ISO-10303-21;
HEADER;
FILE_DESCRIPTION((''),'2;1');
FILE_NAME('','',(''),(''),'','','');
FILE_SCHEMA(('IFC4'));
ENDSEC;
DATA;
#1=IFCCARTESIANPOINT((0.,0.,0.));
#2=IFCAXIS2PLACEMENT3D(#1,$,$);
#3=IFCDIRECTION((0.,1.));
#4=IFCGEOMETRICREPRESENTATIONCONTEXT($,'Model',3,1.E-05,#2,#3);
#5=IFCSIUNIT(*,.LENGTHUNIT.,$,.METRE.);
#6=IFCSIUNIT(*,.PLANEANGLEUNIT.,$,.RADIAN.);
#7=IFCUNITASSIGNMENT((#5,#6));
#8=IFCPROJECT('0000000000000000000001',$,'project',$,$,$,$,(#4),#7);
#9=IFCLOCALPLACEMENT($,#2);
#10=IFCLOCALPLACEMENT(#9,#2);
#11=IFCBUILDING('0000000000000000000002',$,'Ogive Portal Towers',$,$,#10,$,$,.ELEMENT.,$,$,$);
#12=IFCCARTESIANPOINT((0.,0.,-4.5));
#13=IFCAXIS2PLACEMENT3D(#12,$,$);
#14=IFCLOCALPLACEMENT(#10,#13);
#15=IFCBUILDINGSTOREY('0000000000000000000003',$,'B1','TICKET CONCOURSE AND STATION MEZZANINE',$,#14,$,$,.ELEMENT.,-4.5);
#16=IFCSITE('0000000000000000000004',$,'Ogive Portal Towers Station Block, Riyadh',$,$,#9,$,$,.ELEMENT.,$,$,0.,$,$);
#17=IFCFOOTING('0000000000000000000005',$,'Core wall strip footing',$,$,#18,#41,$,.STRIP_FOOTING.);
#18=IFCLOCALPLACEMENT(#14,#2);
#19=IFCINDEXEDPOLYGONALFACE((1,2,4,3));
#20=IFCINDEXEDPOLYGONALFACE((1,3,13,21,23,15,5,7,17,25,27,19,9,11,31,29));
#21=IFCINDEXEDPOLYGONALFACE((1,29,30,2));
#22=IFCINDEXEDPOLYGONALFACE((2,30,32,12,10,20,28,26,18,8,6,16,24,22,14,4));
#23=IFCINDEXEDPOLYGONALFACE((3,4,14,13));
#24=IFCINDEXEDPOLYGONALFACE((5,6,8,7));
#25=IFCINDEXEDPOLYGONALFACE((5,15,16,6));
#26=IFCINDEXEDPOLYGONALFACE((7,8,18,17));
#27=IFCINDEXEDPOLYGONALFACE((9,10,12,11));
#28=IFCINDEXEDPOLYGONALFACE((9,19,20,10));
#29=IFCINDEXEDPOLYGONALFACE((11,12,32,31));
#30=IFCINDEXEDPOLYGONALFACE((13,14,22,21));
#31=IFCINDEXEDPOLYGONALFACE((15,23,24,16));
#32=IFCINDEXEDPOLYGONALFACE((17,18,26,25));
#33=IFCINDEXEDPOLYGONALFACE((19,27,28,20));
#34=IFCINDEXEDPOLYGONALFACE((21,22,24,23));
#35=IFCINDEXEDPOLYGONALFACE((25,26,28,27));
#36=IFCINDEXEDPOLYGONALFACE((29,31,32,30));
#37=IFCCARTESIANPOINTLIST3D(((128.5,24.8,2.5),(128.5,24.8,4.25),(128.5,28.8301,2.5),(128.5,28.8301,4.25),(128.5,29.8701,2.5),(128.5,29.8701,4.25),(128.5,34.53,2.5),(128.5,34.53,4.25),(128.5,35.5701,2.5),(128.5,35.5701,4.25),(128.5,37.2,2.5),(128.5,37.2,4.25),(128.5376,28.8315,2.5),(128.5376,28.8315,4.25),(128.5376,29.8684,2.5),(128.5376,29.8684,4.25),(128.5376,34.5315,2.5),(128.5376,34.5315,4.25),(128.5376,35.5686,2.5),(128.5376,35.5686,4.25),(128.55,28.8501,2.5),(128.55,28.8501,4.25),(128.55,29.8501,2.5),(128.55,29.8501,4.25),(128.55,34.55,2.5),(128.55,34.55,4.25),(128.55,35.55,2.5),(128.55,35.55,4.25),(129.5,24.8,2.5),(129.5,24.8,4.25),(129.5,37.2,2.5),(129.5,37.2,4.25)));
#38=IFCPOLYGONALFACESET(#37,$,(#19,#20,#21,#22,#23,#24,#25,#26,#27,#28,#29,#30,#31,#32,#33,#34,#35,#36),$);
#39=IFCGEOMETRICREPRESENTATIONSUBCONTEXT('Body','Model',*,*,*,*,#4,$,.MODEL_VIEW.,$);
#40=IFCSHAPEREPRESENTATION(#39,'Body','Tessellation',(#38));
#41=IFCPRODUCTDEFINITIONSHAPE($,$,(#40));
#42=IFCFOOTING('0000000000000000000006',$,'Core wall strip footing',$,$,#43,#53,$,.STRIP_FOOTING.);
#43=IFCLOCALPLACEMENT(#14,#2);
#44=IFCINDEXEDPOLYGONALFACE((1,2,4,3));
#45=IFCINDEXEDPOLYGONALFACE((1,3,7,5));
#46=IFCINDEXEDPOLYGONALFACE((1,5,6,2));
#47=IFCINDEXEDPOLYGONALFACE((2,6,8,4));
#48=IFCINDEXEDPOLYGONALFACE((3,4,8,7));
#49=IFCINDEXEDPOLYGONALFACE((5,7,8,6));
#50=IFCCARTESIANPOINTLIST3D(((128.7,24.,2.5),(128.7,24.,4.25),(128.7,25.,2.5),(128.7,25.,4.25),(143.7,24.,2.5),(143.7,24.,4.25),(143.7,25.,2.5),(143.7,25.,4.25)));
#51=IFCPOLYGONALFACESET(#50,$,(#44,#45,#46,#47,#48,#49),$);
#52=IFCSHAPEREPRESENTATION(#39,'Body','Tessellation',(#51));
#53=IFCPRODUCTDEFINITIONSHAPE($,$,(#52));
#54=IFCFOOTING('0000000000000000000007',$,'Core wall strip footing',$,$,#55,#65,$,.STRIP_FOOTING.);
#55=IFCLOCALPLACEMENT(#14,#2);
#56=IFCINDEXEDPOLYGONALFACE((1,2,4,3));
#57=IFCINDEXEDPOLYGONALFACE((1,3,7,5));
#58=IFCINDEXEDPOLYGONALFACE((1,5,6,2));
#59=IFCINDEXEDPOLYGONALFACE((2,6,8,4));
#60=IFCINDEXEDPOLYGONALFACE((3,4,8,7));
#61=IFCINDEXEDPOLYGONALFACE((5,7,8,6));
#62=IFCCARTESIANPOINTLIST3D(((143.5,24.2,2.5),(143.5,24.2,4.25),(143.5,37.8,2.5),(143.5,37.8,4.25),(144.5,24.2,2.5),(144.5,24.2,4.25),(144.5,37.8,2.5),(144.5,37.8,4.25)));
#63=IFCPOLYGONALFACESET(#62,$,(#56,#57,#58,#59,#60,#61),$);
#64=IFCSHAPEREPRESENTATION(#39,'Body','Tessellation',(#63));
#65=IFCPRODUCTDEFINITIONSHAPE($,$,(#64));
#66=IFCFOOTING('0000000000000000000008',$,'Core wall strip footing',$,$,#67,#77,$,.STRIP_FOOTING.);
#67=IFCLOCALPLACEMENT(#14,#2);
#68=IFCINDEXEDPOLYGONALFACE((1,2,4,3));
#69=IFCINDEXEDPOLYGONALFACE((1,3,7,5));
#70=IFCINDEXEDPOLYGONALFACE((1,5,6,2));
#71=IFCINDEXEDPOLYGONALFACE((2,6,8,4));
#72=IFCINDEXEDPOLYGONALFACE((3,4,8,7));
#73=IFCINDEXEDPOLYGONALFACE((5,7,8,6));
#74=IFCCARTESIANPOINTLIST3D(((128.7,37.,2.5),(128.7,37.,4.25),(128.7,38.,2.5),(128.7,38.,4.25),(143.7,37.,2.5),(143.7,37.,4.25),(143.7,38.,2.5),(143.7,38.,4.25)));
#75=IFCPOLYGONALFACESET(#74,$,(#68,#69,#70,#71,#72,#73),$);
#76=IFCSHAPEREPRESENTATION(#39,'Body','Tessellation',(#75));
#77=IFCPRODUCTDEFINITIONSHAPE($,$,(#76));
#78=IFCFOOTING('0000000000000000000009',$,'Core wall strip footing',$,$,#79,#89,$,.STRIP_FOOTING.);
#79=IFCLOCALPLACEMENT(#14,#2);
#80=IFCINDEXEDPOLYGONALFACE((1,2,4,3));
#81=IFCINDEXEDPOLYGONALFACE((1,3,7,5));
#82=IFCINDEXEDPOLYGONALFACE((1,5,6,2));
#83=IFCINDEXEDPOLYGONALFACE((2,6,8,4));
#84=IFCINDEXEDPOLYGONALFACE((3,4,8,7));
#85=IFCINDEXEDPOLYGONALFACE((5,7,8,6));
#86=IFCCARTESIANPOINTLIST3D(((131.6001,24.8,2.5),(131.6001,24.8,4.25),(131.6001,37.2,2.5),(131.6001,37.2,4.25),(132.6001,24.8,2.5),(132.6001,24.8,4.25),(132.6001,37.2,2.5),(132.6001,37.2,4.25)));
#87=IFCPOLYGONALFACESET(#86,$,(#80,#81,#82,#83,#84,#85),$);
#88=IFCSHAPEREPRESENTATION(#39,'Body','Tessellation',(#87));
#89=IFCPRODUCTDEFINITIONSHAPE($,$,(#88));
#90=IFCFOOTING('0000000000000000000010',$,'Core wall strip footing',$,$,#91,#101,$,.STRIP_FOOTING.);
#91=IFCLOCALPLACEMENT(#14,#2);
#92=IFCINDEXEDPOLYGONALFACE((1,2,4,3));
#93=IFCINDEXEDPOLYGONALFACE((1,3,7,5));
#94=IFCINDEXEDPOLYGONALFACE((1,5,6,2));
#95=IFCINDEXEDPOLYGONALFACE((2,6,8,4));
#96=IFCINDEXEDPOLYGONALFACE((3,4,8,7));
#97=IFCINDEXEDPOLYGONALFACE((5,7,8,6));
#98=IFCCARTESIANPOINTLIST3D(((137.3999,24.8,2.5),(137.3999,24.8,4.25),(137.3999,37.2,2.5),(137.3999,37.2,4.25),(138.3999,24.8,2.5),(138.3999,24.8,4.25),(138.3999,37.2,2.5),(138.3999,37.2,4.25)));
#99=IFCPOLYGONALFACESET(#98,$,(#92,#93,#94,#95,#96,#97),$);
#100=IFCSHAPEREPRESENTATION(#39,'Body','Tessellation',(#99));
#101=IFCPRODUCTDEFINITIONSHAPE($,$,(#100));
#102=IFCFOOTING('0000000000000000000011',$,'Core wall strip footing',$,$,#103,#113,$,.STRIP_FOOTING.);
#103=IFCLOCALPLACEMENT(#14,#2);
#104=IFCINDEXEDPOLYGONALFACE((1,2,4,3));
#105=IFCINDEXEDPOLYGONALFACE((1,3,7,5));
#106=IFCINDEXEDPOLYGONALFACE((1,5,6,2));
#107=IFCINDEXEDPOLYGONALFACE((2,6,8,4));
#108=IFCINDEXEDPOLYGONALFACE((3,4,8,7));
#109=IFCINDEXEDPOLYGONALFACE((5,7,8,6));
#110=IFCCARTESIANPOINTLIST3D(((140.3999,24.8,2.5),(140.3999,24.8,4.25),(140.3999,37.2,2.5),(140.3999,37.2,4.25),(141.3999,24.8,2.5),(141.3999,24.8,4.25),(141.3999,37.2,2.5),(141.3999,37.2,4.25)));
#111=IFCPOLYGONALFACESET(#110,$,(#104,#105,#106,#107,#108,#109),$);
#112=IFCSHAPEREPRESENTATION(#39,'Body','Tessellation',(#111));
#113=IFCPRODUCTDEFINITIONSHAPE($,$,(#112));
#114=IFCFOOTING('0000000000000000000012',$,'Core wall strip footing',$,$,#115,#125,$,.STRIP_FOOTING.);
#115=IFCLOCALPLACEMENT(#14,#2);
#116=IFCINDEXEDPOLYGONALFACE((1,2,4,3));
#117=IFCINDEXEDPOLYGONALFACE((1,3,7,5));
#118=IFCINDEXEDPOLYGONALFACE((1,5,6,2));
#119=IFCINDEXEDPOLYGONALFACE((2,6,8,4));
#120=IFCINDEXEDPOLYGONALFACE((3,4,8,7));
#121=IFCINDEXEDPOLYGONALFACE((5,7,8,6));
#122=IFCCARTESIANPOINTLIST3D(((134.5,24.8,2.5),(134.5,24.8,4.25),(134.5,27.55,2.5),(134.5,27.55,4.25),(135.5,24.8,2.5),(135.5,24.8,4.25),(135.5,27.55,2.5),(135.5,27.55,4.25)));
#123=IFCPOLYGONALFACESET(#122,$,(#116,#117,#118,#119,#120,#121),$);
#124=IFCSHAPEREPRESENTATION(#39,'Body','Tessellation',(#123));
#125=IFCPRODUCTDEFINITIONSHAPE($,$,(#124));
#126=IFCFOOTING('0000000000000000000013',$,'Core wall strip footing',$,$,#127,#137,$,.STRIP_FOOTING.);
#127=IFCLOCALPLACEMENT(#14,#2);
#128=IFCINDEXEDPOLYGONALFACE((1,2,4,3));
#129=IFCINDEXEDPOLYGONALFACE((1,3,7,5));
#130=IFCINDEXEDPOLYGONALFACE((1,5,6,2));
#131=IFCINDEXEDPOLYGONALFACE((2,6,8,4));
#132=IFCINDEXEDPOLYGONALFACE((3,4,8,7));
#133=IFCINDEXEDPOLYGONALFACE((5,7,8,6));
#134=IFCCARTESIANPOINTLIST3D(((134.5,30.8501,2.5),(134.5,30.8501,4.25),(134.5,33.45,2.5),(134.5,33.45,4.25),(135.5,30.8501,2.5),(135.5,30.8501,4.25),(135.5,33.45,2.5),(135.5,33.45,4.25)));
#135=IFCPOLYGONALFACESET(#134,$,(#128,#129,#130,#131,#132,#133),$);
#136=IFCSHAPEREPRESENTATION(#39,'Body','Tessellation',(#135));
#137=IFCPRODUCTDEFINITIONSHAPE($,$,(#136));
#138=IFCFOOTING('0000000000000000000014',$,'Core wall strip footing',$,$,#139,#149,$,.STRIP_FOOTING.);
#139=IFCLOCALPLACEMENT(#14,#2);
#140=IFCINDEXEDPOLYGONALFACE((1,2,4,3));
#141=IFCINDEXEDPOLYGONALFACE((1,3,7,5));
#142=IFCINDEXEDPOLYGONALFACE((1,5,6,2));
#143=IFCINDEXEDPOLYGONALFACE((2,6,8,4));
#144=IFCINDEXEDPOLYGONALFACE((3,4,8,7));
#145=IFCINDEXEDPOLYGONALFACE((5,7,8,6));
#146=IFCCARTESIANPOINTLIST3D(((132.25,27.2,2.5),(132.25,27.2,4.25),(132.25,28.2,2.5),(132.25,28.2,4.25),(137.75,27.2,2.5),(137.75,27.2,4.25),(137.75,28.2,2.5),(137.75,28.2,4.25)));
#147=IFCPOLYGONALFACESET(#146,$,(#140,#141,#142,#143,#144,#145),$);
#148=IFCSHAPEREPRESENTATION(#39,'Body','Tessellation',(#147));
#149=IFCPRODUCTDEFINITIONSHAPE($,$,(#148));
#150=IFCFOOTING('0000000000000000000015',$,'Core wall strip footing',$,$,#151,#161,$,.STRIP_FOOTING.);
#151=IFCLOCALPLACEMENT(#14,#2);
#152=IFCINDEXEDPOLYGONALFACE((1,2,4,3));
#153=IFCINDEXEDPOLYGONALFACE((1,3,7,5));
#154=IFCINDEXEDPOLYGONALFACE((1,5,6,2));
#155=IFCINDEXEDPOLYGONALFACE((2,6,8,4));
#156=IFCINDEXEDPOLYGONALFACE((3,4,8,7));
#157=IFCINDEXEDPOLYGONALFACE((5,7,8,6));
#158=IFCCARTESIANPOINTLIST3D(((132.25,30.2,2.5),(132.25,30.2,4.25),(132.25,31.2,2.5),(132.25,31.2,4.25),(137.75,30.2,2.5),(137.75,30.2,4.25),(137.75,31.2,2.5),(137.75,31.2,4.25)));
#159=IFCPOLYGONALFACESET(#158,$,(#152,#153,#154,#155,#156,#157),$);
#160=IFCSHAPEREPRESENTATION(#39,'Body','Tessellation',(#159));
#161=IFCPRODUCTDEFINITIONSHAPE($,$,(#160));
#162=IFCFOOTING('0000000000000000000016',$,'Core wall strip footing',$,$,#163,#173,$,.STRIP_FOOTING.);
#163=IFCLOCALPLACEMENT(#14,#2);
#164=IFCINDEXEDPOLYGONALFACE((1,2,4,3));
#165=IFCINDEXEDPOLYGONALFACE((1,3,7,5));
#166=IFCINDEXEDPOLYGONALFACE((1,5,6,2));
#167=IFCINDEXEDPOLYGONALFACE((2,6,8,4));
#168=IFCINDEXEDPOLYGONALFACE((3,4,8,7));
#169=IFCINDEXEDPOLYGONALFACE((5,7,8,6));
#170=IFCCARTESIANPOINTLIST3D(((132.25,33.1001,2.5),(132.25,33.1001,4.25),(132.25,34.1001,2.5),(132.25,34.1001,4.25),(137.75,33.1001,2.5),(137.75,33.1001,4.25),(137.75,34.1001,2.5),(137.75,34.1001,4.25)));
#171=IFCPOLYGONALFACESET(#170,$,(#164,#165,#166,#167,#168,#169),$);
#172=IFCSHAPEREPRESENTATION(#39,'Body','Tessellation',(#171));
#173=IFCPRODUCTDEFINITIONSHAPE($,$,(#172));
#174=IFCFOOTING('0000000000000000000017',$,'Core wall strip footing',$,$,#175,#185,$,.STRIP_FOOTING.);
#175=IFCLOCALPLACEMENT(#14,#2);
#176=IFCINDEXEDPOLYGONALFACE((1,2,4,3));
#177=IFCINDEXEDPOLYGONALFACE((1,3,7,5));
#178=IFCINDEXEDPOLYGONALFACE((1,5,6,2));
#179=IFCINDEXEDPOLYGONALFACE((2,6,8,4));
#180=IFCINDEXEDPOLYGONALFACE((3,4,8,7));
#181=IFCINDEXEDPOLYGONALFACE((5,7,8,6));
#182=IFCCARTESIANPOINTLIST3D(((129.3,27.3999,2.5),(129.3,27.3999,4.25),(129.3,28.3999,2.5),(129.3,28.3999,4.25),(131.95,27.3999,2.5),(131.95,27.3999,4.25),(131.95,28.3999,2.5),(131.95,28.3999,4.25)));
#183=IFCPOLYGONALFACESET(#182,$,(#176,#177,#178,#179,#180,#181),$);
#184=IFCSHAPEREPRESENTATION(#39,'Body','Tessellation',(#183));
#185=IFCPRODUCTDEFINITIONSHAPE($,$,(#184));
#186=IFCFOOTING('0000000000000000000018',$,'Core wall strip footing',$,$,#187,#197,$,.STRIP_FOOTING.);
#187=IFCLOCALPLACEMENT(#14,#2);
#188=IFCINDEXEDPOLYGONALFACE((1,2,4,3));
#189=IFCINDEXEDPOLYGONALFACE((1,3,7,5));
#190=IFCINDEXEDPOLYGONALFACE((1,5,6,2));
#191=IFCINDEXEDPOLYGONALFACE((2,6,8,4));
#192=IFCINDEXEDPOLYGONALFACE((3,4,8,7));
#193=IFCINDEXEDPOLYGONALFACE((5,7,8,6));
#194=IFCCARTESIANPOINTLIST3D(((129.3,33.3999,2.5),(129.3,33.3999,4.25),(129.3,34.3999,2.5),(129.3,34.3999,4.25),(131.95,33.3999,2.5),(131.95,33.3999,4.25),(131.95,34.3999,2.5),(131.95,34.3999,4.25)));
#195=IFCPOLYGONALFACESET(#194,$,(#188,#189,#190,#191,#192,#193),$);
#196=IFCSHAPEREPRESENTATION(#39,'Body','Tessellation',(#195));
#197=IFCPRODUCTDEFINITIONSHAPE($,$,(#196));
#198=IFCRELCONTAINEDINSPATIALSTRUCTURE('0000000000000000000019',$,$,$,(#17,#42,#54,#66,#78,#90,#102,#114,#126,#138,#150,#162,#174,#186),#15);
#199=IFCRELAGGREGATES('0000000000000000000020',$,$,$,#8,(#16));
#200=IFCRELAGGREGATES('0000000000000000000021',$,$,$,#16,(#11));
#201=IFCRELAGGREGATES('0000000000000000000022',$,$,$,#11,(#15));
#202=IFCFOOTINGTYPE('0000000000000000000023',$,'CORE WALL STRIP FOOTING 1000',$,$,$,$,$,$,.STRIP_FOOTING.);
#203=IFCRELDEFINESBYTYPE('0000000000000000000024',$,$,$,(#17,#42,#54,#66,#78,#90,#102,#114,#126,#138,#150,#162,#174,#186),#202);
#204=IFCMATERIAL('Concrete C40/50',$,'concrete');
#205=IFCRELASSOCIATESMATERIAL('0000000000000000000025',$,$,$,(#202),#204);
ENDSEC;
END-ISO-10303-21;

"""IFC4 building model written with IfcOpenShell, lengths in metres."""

from ifc_helpers import new_model, si_unit, direction, frame, origin, place, context, subcontext, project, spatial, polyline, outline, extrude, material, type_object, element, save


model = new_model("IFC4")

# Units and contexts
model_context = context("Model", 3, precision=1e-05, world=origin(), true_north=direction((0.0, 1.0)))
body_context = subcontext(model_context, "Body", "Model", "MODEL_VIEW")
ifc_project = project(units=[si_unit("LENGTHUNIT", "METRE"), si_unit("PLANEANGLEUNIT", "RADIAN")], contexts=[model_context])

# Site, building, storey
site_placement = place(None, origin())
site = spatial("IfcSite", under=ifc_project, at=site_placement, Name="Ogive Portal Towers Station Block, Riyadh", CompositionType="ELEMENT", RefElevation=0.0)
building_placement = place(site_placement, origin())
building = spatial("IfcBuilding", under=site, at=building_placement, Name="Ogive Portal Towers", CompositionType="ELEMENT")
storey_placement = place(building_placement, frame((0.0, 0.0, -4.5)))
storey = spatial("IfcBuildingStorey", under=building, at=storey_placement, Name="B1", Description="TICKET CONCOURSE AND STATION MEZZANINE", CompositionType="ELEMENT", Elevation=-4.5)

# Footings
ifc_material_1 = material(Name="Concrete C40/50", Category="concrete")
footing_type_1 = type_object("IfcFootingType", Name="CORE WALL STRIP FOOTING 1000", PredefinedType="STRIP_FOOTING", material=ifc_material_1)
footing_1_placement = place(storey_placement, frame((0.0, 0.0, 2.5)))
element("IfcFooting", 1, at=footing_1_placement, inside=storey, type_object=footing_type_1, Name="Core wall strip footing", PredefinedType="STRIP_FOOTING", context=body_context, shape_type="SweptSolid", body=[
    extrude(outline(polyline([(129.5, 37.2), (128.5, 37.2), (128.5, 35.5701), (128.5376, 35.5686), (128.55, 35.55), (128.55, 34.55), (128.5376, 34.5315), (128.5, 34.53), (128.5, 29.8701), (128.5376, 29.8684), (128.55, 29.8501), (128.55, 28.8501), (128.5376, 28.8315), (128.5, 28.8301), (128.5, 24.8), (129.5, 24.8), (129.5, 37.2)])), origin(), (0.0, 0.0, 1.0), 1.75),
])
footing_2_placement = place(storey_placement, frame((0.0, 0.0, 2.5)))
element("IfcFooting", 2, at=footing_2_placement, inside=storey, type_object=footing_type_1, Name="Core wall strip footing", PredefinedType="STRIP_FOOTING", context=body_context, shape_type="SweptSolid", body=[
    extrude(outline(polyline([(143.7, 24.0), (143.7, 25.0), (128.7, 25.0), (128.7, 24.0), (143.7, 24.0)])), origin(), (0.0, 0.0, 1.0), 1.75),
])
footing_3_placement = place(storey_placement, frame((0.0, 0.0, 2.5)))
element("IfcFooting", 3, at=footing_3_placement, inside=storey, type_object=footing_type_1, Name="Core wall strip footing", PredefinedType="STRIP_FOOTING", context=body_context, shape_type="SweptSolid", body=[
    extrude(outline(polyline([(144.5, 37.8), (143.5, 37.8), (143.5, 24.2), (144.5, 24.2), (144.5, 37.8)])), origin(), (0.0, 0.0, 1.0), 1.75),
])
footing_4_placement = place(storey_placement, frame((0.0, 0.0, 2.5)))
element("IfcFooting", 4, at=footing_4_placement, inside=storey, type_object=footing_type_1, Name="Core wall strip footing", PredefinedType="STRIP_FOOTING", context=body_context, shape_type="SweptSolid", body=[
    extrude(outline(polyline([(143.7, 37.0), (143.7, 38.0), (128.7, 38.0), (128.7, 37.0), (143.7, 37.0)])), origin(), (0.0, 0.0, 1.0), 1.75),
])
footing_5_placement = place(storey_placement, frame((0.0, 0.0, 2.5)))
element("IfcFooting", 5, at=footing_5_placement, inside=storey, type_object=footing_type_1, Name="Core wall strip footing", PredefinedType="STRIP_FOOTING", context=body_context, shape_type="SweptSolid", body=[
    extrude(outline(polyline([(132.6001, 37.2), (131.6001, 37.2), (131.6001, 24.8), (132.6001, 24.8), (132.6001, 37.2)])), origin(), (0.0, 0.0, 1.0), 1.75),
])
footing_6_placement = place(storey_placement, frame((0.0, 0.0, 2.5)))
element("IfcFooting", 6, at=footing_6_placement, inside=storey, type_object=footing_type_1, Name="Core wall strip footing", PredefinedType="STRIP_FOOTING", context=body_context, shape_type="SweptSolid", body=[
    extrude(outline(polyline([(138.3999, 37.2), (137.3999, 37.2), (137.3999, 24.8), (138.3999, 24.8), (138.3999, 37.2)])), origin(), (0.0, 0.0, 1.0), 1.75),
])
footing_7_placement = place(storey_placement, frame((0.0, 0.0, 2.5)))
element("IfcFooting", 7, at=footing_7_placement, inside=storey, type_object=footing_type_1, Name="Core wall strip footing", PredefinedType="STRIP_FOOTING", context=body_context, shape_type="SweptSolid", body=[
    extrude(outline(polyline([(141.3999, 37.2), (140.3999, 37.2), (140.3999, 24.8), (141.3999, 24.8), (141.3999, 37.2)])), origin(), (0.0, 0.0, 1.0), 1.75),
])
footing_8_placement = place(storey_placement, frame((0.0, 0.0, 2.5)))
element("IfcFooting", 8, at=footing_8_placement, inside=storey, type_object=footing_type_1, Name="Core wall strip footing", PredefinedType="STRIP_FOOTING", context=body_context, shape_type="SweptSolid", body=[
    extrude(outline(polyline([(135.5, 27.55), (134.5, 27.55), (134.5, 24.8), (135.5, 24.8), (135.5, 27.55)])), origin(), (0.0, 0.0, 1.0), 1.75),
])
footing_9_placement = place(storey_placement, frame((0.0, 0.0, 2.5)))
element("IfcFooting", 9, at=footing_9_placement, inside=storey, type_object=footing_type_1, Name="Core wall strip footing", PredefinedType="STRIP_FOOTING", context=body_context, shape_type="SweptSolid", body=[
    extrude(outline(polyline([(135.5, 33.45), (134.5, 33.45), (134.5, 30.8501), (135.5, 30.8501), (135.5, 33.45)])), origin(), (0.0, 0.0, 1.0), 1.75),
])
footing_10_placement = place(storey_placement, frame((0.0, 0.0, 2.5)))
element("IfcFooting", 10, at=footing_10_placement, inside=storey, type_object=footing_type_1, Name="Core wall strip footing", PredefinedType="STRIP_FOOTING", context=body_context, shape_type="SweptSolid", body=[
    extrude(outline(polyline([(137.75, 27.2), (137.75, 28.2), (132.25, 28.2), (132.25, 27.2), (137.75, 27.2)])), origin(), (0.0, 0.0, 1.0), 1.75),
])
footing_11_placement = place(storey_placement, frame((0.0, 0.0, 2.5)))
element("IfcFooting", 11, at=footing_11_placement, inside=storey, type_object=footing_type_1, Name="Core wall strip footing", PredefinedType="STRIP_FOOTING", context=body_context, shape_type="SweptSolid", body=[
    extrude(outline(polyline([(137.75, 30.2), (137.75, 31.2), (132.25, 31.2), (132.25, 30.2), (137.75, 30.2)])), origin(), (0.0, 0.0, 1.0), 1.75),
])
footing_12_placement = place(storey_placement, frame((0.0, 0.0, 2.5)))
element("IfcFooting", 12, at=footing_12_placement, inside=storey, type_object=footing_type_1, Name="Core wall strip footing", PredefinedType="STRIP_FOOTING", context=body_context, shape_type="SweptSolid", body=[
    extrude(outline(polyline([(137.75, 33.1001), (137.75, 34.1001), (132.25, 34.1001), (132.25, 33.1001), (137.75, 33.1001)])), origin(), (0.0, 0.0, 1.0), 1.75),
])
footing_13_placement = place(storey_placement, frame((0.0, 0.0, 2.5)))
element("IfcFooting", 13, at=footing_13_placement, inside=storey, type_object=footing_type_1, Name="Core wall strip footing", PredefinedType="STRIP_FOOTING", context=body_context, shape_type="SweptSolid", body=[
    extrude(outline(polyline([(131.95, 27.3999), (131.95, 28.3999), (129.3, 28.3999), (129.3, 27.3999), (131.95, 27.3999)])), origin(), (0.0, 0.0, 1.0), 1.75),
])
footing_14_placement = place(storey_placement, frame((0.0, 0.0, 2.5)))
element("IfcFooting", 14, at=footing_14_placement, inside=storey, type_object=footing_type_1, Name="Core wall strip footing", PredefinedType="STRIP_FOOTING", context=body_context, shape_type="SweptSolid", body=[
    extrude(outline(polyline([(131.95, 33.3999), (131.95, 34.3999), (129.3, 34.3999), (129.3, 33.3999), (131.95, 33.3999)])), origin(), (0.0, 0.0, 1.0), 1.75),
])

save(model, "model.ifc")
